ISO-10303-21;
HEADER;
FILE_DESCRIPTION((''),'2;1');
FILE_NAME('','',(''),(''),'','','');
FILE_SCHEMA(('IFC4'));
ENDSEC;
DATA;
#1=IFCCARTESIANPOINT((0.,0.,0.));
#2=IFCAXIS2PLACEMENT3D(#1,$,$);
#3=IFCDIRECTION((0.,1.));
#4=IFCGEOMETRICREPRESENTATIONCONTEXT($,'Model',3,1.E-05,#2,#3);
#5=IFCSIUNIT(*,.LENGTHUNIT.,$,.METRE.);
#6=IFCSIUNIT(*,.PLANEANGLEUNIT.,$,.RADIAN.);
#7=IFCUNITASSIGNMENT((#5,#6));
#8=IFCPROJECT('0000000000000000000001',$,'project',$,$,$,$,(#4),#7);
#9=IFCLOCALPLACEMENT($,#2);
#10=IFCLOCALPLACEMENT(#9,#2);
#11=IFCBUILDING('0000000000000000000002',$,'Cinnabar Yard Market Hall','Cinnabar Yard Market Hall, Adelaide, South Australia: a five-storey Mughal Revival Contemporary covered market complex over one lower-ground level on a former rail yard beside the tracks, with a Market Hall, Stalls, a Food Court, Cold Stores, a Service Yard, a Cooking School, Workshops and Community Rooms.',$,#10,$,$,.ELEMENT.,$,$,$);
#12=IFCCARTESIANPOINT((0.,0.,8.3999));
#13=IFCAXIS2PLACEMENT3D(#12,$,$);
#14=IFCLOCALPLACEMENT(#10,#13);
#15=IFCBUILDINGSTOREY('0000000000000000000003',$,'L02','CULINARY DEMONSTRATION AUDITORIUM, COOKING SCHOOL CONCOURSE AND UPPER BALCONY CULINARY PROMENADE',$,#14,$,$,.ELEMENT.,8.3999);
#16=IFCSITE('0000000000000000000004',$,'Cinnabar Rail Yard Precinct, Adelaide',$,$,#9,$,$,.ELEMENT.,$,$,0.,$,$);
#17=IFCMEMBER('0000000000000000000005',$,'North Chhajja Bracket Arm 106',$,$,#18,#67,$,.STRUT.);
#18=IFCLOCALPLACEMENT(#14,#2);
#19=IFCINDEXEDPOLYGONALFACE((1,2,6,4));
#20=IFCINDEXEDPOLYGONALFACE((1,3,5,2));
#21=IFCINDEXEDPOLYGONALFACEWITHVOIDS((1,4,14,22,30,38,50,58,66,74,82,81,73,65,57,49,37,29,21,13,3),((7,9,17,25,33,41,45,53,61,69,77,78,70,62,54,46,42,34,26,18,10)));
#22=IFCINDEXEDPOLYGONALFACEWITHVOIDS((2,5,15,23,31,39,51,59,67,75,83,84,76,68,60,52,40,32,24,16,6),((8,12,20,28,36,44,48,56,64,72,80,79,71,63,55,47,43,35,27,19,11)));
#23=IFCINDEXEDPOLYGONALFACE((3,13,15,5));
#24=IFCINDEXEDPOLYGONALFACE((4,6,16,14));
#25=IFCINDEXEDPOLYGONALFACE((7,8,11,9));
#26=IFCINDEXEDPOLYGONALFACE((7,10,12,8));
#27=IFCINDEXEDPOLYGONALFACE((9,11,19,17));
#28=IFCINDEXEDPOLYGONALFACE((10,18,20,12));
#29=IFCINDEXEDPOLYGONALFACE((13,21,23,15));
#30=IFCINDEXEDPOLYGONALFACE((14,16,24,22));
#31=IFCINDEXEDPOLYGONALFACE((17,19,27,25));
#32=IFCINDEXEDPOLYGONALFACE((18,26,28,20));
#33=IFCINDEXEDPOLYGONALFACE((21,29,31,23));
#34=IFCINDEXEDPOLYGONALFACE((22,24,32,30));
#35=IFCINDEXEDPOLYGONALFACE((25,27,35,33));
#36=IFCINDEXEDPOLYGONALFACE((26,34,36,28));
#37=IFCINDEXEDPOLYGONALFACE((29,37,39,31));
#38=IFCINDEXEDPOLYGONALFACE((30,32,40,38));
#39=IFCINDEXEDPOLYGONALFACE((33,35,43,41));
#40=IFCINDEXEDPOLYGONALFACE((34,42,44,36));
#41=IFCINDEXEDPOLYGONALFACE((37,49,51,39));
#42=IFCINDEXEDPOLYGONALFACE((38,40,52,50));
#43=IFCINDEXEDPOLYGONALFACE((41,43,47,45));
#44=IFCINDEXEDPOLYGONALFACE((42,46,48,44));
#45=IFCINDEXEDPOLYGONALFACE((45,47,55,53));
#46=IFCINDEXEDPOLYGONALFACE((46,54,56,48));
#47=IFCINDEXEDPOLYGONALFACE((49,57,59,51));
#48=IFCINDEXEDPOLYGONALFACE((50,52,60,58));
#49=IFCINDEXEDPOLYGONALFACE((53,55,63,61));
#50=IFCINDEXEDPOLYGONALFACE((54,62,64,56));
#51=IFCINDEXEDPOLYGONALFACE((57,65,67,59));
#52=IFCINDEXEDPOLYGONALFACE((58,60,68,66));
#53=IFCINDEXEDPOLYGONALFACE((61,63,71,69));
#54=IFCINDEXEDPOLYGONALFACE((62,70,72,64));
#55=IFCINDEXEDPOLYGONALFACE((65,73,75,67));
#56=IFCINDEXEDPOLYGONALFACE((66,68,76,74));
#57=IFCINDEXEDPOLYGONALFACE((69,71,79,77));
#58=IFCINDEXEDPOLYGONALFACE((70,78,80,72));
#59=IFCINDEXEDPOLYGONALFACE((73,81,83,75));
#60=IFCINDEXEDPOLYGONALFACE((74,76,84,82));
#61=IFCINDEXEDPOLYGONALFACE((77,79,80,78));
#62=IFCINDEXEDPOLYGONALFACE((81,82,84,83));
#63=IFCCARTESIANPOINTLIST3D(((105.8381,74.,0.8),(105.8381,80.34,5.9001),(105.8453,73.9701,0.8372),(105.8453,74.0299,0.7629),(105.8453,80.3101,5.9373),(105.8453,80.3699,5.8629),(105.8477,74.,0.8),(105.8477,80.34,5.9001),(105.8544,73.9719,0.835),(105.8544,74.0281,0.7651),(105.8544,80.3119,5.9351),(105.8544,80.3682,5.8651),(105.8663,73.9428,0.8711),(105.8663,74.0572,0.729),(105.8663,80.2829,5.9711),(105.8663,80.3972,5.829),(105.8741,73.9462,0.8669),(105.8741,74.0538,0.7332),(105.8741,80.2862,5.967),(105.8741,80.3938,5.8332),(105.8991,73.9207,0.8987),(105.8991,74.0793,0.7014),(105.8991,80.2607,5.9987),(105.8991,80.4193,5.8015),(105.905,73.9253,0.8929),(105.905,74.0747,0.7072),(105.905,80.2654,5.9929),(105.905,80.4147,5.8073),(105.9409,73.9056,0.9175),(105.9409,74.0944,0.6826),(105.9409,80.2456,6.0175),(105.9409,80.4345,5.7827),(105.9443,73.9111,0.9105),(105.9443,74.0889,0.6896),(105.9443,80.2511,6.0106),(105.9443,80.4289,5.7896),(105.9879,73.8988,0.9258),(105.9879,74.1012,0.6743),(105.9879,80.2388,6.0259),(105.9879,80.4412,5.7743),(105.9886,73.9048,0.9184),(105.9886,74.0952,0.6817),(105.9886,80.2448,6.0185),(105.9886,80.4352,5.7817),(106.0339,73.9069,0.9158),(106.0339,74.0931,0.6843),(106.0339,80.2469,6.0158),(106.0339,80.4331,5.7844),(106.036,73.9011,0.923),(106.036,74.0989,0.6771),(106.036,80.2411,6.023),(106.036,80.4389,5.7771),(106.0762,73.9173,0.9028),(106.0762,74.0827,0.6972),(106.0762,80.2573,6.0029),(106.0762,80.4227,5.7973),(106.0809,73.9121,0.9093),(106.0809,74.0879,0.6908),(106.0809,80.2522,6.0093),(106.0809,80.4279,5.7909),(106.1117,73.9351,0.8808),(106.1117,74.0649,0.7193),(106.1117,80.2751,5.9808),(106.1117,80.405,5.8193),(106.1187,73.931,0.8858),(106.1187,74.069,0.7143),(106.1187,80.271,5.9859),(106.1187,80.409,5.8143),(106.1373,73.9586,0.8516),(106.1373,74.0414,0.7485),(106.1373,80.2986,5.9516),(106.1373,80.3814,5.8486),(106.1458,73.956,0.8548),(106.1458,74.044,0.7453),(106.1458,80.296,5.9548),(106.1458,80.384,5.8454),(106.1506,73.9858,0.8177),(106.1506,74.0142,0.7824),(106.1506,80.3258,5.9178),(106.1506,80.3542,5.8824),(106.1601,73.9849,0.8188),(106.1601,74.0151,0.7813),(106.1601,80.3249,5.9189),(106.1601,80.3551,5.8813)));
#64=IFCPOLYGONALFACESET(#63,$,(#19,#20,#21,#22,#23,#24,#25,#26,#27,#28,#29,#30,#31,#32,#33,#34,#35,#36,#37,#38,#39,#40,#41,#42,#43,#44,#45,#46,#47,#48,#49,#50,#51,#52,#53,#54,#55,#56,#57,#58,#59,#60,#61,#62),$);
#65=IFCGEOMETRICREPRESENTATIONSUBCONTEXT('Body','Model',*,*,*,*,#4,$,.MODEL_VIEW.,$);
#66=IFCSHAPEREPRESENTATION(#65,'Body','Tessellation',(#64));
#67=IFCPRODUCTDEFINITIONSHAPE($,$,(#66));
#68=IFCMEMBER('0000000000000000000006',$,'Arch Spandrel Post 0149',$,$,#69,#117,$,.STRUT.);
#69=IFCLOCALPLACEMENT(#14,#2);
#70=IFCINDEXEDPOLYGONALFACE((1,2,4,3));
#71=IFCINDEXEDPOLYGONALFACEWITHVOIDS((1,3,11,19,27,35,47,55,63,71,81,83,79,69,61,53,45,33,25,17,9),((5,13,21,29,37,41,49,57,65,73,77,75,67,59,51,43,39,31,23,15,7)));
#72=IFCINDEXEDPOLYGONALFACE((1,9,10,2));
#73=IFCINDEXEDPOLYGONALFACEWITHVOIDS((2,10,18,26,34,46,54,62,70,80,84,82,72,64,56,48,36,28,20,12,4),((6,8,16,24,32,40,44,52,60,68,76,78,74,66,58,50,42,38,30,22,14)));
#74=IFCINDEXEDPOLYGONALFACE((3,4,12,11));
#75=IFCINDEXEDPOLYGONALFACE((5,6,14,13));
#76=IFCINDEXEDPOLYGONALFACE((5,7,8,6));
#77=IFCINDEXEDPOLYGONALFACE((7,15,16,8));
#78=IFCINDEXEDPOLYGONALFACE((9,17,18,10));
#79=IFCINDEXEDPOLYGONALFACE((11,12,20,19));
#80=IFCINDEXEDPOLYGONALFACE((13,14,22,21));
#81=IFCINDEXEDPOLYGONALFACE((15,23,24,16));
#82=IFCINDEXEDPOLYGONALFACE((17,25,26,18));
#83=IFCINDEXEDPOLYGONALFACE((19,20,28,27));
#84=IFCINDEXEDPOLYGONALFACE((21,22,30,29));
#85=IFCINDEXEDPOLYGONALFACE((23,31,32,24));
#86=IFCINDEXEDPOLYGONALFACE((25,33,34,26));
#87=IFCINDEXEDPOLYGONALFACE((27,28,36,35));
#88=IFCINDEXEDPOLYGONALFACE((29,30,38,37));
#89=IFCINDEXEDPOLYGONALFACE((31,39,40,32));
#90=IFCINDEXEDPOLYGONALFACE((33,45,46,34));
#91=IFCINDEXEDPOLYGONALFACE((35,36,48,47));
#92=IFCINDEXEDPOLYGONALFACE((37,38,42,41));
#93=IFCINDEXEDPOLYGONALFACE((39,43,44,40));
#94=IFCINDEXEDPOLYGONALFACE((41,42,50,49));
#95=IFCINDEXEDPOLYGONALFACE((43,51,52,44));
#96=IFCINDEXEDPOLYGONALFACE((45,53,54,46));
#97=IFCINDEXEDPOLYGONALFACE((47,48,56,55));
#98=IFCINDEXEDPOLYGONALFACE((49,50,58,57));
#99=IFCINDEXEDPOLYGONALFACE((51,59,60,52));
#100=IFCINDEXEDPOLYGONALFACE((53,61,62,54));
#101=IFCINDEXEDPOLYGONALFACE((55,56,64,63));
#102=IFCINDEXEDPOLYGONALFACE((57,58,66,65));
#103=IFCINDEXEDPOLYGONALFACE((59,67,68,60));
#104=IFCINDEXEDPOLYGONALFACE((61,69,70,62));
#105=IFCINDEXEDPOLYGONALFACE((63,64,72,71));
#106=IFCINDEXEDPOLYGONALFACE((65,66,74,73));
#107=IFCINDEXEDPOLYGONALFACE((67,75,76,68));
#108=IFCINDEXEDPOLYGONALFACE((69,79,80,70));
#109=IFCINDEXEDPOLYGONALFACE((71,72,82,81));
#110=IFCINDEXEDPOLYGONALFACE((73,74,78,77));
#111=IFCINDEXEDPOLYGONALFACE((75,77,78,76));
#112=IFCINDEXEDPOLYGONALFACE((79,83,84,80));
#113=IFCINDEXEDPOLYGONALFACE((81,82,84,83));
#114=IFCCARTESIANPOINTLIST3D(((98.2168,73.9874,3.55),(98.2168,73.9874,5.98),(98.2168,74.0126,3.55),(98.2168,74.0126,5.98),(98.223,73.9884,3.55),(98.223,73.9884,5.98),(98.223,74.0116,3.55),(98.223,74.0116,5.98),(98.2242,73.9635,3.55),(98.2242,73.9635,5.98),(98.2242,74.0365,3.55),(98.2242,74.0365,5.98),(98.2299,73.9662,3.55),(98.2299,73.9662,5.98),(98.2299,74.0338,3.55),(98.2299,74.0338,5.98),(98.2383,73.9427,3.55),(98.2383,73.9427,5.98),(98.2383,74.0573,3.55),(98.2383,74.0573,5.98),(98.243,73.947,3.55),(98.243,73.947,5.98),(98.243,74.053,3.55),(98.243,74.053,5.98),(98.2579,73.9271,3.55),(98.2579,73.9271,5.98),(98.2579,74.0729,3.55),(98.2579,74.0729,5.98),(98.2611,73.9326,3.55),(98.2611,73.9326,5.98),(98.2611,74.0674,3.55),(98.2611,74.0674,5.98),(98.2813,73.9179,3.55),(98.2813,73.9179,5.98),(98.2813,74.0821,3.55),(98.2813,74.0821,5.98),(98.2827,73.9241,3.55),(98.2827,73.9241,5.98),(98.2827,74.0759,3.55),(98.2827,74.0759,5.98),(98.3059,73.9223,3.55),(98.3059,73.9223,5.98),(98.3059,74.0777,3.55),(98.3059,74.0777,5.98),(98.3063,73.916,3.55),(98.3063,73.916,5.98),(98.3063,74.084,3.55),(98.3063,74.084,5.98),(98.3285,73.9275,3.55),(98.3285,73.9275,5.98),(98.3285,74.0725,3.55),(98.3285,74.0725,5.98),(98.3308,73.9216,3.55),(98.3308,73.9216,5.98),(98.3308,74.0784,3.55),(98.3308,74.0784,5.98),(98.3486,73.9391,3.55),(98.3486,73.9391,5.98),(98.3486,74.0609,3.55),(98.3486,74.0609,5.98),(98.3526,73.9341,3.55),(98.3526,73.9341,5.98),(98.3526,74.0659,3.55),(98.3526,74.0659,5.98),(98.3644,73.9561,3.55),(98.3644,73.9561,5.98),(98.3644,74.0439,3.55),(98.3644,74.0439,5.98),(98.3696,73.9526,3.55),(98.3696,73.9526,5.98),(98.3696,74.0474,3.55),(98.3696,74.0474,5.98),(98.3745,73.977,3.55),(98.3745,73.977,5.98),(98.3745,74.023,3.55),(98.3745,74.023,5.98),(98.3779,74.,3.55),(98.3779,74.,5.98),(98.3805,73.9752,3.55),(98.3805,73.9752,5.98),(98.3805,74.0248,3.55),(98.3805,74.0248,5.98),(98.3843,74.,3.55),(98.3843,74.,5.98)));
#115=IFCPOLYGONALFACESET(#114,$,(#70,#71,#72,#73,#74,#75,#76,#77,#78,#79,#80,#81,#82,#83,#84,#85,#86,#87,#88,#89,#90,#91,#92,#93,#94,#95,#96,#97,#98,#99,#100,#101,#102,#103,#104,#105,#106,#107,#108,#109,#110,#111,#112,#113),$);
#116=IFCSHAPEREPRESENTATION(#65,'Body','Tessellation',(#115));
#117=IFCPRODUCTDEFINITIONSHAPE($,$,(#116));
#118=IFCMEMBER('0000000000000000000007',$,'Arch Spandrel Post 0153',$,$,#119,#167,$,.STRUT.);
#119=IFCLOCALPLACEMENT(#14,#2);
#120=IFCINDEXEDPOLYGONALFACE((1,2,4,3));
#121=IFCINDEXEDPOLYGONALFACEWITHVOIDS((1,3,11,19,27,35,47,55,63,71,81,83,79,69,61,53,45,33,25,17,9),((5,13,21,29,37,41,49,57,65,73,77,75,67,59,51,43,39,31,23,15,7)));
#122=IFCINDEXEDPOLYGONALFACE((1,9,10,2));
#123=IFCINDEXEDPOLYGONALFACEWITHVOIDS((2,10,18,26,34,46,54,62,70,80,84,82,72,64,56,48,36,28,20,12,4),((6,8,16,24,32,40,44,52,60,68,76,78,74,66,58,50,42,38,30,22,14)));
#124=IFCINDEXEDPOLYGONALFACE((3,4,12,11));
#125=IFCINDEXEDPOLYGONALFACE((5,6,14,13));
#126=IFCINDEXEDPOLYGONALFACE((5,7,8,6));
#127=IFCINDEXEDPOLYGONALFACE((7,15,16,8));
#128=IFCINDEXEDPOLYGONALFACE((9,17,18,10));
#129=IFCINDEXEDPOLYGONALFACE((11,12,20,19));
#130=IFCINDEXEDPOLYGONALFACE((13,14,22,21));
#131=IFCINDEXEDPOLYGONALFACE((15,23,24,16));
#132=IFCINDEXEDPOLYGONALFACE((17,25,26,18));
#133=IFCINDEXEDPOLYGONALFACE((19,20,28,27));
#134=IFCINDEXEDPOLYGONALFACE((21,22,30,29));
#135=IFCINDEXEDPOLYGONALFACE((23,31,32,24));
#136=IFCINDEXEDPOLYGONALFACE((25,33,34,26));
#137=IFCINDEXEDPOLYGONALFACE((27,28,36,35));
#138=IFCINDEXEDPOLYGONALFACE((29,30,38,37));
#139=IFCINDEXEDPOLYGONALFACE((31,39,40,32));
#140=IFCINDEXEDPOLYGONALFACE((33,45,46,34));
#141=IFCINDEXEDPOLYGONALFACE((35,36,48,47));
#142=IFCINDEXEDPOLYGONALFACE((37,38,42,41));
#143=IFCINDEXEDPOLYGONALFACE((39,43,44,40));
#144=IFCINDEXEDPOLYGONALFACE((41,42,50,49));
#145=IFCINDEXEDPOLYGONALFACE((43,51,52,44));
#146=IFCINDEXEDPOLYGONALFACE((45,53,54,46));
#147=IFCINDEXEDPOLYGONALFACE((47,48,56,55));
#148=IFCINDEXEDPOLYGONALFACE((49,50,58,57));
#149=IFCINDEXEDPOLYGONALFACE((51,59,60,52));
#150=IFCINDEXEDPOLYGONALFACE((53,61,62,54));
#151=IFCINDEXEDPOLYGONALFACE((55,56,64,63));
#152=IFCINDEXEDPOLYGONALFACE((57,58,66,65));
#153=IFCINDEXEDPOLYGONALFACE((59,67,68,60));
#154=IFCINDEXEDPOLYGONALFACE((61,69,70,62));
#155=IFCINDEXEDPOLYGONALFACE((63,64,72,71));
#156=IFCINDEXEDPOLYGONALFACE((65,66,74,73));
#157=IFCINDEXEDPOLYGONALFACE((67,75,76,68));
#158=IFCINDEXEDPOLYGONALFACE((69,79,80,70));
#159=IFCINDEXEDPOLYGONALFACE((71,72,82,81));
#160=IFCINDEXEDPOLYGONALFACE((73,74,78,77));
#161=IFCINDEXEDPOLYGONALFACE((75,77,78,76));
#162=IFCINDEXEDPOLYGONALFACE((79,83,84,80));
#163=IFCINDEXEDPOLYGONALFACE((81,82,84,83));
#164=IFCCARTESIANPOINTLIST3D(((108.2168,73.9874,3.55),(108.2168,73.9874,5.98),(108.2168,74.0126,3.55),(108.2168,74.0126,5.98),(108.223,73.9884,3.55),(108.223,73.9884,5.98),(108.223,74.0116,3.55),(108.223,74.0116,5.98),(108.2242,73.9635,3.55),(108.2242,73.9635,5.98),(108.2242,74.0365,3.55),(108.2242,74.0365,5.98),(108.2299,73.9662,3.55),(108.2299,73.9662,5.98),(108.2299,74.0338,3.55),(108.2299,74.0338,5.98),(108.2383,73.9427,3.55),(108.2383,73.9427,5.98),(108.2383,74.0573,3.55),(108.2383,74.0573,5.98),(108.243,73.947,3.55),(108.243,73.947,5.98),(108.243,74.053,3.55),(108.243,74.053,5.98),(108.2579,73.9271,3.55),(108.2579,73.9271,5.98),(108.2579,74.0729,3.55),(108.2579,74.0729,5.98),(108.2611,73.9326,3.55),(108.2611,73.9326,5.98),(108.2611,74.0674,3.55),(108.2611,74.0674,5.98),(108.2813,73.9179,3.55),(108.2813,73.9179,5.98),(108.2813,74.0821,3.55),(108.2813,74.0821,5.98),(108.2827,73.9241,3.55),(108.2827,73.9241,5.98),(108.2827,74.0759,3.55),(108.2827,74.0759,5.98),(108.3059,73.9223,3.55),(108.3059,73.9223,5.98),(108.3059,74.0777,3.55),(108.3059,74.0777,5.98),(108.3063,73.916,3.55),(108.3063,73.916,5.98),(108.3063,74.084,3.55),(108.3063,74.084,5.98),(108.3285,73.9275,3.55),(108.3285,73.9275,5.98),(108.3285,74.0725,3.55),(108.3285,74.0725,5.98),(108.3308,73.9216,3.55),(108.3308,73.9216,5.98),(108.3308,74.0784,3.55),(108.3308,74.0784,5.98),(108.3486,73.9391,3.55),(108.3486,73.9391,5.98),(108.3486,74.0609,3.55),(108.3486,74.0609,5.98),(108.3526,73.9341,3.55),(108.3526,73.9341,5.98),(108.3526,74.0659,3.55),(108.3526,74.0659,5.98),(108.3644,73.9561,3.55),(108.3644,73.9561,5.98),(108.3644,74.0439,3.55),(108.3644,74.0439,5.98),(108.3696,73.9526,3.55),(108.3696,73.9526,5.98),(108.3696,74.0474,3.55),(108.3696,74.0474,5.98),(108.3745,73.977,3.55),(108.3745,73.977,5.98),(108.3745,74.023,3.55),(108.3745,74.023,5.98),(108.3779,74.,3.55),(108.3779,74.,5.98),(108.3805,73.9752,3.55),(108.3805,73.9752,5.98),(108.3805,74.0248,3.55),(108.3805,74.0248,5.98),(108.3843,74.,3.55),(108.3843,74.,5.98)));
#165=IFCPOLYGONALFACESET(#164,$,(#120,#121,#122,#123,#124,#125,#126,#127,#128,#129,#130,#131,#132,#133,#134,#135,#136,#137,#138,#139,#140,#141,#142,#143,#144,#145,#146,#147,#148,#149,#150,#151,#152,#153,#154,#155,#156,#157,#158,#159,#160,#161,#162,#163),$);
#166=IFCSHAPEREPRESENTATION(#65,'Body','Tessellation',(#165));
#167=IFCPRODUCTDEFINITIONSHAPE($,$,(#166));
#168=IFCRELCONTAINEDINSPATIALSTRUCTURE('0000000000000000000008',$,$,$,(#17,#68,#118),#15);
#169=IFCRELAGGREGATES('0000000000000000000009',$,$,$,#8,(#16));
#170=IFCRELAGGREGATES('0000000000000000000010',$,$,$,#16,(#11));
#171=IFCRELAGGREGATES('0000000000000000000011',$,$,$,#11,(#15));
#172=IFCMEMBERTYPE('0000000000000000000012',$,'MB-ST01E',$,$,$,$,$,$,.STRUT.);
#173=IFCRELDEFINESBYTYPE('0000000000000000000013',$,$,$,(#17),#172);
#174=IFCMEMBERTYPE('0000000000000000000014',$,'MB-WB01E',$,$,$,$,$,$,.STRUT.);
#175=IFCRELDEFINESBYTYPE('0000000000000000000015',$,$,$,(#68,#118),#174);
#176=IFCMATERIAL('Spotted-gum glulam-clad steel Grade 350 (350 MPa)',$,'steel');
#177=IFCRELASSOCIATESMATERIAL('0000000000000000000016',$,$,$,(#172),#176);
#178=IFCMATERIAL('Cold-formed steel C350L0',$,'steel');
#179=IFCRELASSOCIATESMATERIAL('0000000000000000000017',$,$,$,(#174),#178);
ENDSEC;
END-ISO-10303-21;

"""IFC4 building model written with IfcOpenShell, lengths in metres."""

from ifc_helpers import new_model, si_unit, direction, frame, origin, origin_2d_with_axis, place, context, subcontext, project, spatial, hollow_circle, extrude, material, material_profile, profile_set, type_object, element, save


model = new_model("IFC4")

# Units and contexts
model_context = context("Model", 3, precision=1e-05, world=origin(), true_north=direction((0.0, 1.0)))
body_context = subcontext(model_context, "Body", "Model", "MODEL_VIEW")
ifc_project = project(units=[si_unit("LENGTHUNIT", "METRE"), si_unit("PLANEANGLEUNIT", "RADIAN")], contexts=[model_context])

# Site, building, storey
site_placement = place(None, origin())
site = spatial("IfcSite", under=ifc_project, at=site_placement, Name="Cinnabar Rail Yard Precinct, Adelaide", CompositionType="ELEMENT", RefElevation=0.0)
building_placement = place(site_placement, origin())
building = spatial("IfcBuilding", under=site, at=building_placement, Name="Cinnabar Yard Market Hall", Description="Cinnabar Yard Market Hall, Adelaide, South Australia: a five-storey Mughal Revival Contemporary covered market complex over one lower-ground level on a former rail yard beside the tracks, with a Market Hall, Stalls, a Food Court, Cold Stores, a Service Yard, a Cooking School, Workshops and Community Rooms.", CompositionType="ELEMENT")
storey_placement = place(building_placement, frame((0.0, 0.0, 8.3999)))
storey = spatial("IfcBuildingStorey", under=building, at=storey_placement, Name="L02", Description="CULINARY DEMONSTRATION AUDITORIUM, COOKING SCHOOL CONCOURSE AND UPPER BALCONY CULINARY PROMENADE", CompositionType="ELEMENT", Elevation=8.3999)

# Shared definitions
ifc_material_1 = material(Name="Spotted-gum glulam-clad steel Grade 350 (350 MPa)", Category="steel")

# Members
ifc_material_profile_1 = material_profile(ifc_material_1, hollow_circle(Radius=0.1619, WallThickness=0.0095, at=origin_2d_with_axis()), Name="323.9x9.5CHS")
ifc_profile_set_1 = profile_set([ifc_material_profile_1], Name="Spotted-gum glulam-clad steel Grade 350 (350 MPa)")
member_type_1 = type_object("IfcMemberType", Name="MB-ST01E", PredefinedType="STRUT", material=ifc_profile_set_1)
member_1_placement = place(storey_placement, frame((106.0, 74.0, 0.8), z_axis=(0.0, 0.779186, 0.626793), x_axis=(-1.0, 0.0, 0.0)))
element("IfcMember", 1, at=member_1_placement, inside=storey, type_object=member_type_1, Name="North Chhajja Bracket Arm 106", PredefinedType="STRUT", context=body_context, shape_type="SweptSolid", body=[
    extrude(hollow_circle(Radius=0.1619, WallThickness=0.0095, at=origin_2d_with_axis()), origin(), (0.0, 0.0, 1.0), 8.1367),
])
ifc_material_2 = material(Name="Cold-formed steel C350L0", Category="steel")
ifc_material_profile_2 = material_profile(ifc_material_2, hollow_circle(Radius=0.0842, WallThickness=0.0063, at=origin_2d_with_axis()), Name="168.3x6.4CHS")
ifc_profile_set_2 = profile_set([ifc_material_profile_2], Name="Cold-formed steel C350L0")
member_type_2 = type_object("IfcMemberType", Name="MB-WB01E", PredefinedType="STRUT", material=ifc_profile_set_2)
for number, where, z_axis, x_axis, name in (
    (2, (98.3, 74.0, 3.55), (0.0, 0.0, 1.0), (1.0, 0.0, 0.0), "Arch Spandrel Post 0149"),
    (3, (108.3, 74.0, 3.55), (0.0, 0.0, 1.0), (1.0, 0.0, 0.0), "Arch Spandrel Post 0153"),
):
    element("IfcMember", number, at=place(storey_placement, frame(where, z_axis=z_axis, x_axis=x_axis)), inside=storey, type_object=member_type_2, Name=name, PredefinedType="STRUT", context=body_context, shape_type="SweptSolid", body=[
        extrude(hollow_circle(Radius=0.0842, WallThickness=0.0063, at=origin_2d_with_axis()), origin(), (0.0, 0.0, 1.0), 2.4299),
    ])

save(model, "model.ifc")
